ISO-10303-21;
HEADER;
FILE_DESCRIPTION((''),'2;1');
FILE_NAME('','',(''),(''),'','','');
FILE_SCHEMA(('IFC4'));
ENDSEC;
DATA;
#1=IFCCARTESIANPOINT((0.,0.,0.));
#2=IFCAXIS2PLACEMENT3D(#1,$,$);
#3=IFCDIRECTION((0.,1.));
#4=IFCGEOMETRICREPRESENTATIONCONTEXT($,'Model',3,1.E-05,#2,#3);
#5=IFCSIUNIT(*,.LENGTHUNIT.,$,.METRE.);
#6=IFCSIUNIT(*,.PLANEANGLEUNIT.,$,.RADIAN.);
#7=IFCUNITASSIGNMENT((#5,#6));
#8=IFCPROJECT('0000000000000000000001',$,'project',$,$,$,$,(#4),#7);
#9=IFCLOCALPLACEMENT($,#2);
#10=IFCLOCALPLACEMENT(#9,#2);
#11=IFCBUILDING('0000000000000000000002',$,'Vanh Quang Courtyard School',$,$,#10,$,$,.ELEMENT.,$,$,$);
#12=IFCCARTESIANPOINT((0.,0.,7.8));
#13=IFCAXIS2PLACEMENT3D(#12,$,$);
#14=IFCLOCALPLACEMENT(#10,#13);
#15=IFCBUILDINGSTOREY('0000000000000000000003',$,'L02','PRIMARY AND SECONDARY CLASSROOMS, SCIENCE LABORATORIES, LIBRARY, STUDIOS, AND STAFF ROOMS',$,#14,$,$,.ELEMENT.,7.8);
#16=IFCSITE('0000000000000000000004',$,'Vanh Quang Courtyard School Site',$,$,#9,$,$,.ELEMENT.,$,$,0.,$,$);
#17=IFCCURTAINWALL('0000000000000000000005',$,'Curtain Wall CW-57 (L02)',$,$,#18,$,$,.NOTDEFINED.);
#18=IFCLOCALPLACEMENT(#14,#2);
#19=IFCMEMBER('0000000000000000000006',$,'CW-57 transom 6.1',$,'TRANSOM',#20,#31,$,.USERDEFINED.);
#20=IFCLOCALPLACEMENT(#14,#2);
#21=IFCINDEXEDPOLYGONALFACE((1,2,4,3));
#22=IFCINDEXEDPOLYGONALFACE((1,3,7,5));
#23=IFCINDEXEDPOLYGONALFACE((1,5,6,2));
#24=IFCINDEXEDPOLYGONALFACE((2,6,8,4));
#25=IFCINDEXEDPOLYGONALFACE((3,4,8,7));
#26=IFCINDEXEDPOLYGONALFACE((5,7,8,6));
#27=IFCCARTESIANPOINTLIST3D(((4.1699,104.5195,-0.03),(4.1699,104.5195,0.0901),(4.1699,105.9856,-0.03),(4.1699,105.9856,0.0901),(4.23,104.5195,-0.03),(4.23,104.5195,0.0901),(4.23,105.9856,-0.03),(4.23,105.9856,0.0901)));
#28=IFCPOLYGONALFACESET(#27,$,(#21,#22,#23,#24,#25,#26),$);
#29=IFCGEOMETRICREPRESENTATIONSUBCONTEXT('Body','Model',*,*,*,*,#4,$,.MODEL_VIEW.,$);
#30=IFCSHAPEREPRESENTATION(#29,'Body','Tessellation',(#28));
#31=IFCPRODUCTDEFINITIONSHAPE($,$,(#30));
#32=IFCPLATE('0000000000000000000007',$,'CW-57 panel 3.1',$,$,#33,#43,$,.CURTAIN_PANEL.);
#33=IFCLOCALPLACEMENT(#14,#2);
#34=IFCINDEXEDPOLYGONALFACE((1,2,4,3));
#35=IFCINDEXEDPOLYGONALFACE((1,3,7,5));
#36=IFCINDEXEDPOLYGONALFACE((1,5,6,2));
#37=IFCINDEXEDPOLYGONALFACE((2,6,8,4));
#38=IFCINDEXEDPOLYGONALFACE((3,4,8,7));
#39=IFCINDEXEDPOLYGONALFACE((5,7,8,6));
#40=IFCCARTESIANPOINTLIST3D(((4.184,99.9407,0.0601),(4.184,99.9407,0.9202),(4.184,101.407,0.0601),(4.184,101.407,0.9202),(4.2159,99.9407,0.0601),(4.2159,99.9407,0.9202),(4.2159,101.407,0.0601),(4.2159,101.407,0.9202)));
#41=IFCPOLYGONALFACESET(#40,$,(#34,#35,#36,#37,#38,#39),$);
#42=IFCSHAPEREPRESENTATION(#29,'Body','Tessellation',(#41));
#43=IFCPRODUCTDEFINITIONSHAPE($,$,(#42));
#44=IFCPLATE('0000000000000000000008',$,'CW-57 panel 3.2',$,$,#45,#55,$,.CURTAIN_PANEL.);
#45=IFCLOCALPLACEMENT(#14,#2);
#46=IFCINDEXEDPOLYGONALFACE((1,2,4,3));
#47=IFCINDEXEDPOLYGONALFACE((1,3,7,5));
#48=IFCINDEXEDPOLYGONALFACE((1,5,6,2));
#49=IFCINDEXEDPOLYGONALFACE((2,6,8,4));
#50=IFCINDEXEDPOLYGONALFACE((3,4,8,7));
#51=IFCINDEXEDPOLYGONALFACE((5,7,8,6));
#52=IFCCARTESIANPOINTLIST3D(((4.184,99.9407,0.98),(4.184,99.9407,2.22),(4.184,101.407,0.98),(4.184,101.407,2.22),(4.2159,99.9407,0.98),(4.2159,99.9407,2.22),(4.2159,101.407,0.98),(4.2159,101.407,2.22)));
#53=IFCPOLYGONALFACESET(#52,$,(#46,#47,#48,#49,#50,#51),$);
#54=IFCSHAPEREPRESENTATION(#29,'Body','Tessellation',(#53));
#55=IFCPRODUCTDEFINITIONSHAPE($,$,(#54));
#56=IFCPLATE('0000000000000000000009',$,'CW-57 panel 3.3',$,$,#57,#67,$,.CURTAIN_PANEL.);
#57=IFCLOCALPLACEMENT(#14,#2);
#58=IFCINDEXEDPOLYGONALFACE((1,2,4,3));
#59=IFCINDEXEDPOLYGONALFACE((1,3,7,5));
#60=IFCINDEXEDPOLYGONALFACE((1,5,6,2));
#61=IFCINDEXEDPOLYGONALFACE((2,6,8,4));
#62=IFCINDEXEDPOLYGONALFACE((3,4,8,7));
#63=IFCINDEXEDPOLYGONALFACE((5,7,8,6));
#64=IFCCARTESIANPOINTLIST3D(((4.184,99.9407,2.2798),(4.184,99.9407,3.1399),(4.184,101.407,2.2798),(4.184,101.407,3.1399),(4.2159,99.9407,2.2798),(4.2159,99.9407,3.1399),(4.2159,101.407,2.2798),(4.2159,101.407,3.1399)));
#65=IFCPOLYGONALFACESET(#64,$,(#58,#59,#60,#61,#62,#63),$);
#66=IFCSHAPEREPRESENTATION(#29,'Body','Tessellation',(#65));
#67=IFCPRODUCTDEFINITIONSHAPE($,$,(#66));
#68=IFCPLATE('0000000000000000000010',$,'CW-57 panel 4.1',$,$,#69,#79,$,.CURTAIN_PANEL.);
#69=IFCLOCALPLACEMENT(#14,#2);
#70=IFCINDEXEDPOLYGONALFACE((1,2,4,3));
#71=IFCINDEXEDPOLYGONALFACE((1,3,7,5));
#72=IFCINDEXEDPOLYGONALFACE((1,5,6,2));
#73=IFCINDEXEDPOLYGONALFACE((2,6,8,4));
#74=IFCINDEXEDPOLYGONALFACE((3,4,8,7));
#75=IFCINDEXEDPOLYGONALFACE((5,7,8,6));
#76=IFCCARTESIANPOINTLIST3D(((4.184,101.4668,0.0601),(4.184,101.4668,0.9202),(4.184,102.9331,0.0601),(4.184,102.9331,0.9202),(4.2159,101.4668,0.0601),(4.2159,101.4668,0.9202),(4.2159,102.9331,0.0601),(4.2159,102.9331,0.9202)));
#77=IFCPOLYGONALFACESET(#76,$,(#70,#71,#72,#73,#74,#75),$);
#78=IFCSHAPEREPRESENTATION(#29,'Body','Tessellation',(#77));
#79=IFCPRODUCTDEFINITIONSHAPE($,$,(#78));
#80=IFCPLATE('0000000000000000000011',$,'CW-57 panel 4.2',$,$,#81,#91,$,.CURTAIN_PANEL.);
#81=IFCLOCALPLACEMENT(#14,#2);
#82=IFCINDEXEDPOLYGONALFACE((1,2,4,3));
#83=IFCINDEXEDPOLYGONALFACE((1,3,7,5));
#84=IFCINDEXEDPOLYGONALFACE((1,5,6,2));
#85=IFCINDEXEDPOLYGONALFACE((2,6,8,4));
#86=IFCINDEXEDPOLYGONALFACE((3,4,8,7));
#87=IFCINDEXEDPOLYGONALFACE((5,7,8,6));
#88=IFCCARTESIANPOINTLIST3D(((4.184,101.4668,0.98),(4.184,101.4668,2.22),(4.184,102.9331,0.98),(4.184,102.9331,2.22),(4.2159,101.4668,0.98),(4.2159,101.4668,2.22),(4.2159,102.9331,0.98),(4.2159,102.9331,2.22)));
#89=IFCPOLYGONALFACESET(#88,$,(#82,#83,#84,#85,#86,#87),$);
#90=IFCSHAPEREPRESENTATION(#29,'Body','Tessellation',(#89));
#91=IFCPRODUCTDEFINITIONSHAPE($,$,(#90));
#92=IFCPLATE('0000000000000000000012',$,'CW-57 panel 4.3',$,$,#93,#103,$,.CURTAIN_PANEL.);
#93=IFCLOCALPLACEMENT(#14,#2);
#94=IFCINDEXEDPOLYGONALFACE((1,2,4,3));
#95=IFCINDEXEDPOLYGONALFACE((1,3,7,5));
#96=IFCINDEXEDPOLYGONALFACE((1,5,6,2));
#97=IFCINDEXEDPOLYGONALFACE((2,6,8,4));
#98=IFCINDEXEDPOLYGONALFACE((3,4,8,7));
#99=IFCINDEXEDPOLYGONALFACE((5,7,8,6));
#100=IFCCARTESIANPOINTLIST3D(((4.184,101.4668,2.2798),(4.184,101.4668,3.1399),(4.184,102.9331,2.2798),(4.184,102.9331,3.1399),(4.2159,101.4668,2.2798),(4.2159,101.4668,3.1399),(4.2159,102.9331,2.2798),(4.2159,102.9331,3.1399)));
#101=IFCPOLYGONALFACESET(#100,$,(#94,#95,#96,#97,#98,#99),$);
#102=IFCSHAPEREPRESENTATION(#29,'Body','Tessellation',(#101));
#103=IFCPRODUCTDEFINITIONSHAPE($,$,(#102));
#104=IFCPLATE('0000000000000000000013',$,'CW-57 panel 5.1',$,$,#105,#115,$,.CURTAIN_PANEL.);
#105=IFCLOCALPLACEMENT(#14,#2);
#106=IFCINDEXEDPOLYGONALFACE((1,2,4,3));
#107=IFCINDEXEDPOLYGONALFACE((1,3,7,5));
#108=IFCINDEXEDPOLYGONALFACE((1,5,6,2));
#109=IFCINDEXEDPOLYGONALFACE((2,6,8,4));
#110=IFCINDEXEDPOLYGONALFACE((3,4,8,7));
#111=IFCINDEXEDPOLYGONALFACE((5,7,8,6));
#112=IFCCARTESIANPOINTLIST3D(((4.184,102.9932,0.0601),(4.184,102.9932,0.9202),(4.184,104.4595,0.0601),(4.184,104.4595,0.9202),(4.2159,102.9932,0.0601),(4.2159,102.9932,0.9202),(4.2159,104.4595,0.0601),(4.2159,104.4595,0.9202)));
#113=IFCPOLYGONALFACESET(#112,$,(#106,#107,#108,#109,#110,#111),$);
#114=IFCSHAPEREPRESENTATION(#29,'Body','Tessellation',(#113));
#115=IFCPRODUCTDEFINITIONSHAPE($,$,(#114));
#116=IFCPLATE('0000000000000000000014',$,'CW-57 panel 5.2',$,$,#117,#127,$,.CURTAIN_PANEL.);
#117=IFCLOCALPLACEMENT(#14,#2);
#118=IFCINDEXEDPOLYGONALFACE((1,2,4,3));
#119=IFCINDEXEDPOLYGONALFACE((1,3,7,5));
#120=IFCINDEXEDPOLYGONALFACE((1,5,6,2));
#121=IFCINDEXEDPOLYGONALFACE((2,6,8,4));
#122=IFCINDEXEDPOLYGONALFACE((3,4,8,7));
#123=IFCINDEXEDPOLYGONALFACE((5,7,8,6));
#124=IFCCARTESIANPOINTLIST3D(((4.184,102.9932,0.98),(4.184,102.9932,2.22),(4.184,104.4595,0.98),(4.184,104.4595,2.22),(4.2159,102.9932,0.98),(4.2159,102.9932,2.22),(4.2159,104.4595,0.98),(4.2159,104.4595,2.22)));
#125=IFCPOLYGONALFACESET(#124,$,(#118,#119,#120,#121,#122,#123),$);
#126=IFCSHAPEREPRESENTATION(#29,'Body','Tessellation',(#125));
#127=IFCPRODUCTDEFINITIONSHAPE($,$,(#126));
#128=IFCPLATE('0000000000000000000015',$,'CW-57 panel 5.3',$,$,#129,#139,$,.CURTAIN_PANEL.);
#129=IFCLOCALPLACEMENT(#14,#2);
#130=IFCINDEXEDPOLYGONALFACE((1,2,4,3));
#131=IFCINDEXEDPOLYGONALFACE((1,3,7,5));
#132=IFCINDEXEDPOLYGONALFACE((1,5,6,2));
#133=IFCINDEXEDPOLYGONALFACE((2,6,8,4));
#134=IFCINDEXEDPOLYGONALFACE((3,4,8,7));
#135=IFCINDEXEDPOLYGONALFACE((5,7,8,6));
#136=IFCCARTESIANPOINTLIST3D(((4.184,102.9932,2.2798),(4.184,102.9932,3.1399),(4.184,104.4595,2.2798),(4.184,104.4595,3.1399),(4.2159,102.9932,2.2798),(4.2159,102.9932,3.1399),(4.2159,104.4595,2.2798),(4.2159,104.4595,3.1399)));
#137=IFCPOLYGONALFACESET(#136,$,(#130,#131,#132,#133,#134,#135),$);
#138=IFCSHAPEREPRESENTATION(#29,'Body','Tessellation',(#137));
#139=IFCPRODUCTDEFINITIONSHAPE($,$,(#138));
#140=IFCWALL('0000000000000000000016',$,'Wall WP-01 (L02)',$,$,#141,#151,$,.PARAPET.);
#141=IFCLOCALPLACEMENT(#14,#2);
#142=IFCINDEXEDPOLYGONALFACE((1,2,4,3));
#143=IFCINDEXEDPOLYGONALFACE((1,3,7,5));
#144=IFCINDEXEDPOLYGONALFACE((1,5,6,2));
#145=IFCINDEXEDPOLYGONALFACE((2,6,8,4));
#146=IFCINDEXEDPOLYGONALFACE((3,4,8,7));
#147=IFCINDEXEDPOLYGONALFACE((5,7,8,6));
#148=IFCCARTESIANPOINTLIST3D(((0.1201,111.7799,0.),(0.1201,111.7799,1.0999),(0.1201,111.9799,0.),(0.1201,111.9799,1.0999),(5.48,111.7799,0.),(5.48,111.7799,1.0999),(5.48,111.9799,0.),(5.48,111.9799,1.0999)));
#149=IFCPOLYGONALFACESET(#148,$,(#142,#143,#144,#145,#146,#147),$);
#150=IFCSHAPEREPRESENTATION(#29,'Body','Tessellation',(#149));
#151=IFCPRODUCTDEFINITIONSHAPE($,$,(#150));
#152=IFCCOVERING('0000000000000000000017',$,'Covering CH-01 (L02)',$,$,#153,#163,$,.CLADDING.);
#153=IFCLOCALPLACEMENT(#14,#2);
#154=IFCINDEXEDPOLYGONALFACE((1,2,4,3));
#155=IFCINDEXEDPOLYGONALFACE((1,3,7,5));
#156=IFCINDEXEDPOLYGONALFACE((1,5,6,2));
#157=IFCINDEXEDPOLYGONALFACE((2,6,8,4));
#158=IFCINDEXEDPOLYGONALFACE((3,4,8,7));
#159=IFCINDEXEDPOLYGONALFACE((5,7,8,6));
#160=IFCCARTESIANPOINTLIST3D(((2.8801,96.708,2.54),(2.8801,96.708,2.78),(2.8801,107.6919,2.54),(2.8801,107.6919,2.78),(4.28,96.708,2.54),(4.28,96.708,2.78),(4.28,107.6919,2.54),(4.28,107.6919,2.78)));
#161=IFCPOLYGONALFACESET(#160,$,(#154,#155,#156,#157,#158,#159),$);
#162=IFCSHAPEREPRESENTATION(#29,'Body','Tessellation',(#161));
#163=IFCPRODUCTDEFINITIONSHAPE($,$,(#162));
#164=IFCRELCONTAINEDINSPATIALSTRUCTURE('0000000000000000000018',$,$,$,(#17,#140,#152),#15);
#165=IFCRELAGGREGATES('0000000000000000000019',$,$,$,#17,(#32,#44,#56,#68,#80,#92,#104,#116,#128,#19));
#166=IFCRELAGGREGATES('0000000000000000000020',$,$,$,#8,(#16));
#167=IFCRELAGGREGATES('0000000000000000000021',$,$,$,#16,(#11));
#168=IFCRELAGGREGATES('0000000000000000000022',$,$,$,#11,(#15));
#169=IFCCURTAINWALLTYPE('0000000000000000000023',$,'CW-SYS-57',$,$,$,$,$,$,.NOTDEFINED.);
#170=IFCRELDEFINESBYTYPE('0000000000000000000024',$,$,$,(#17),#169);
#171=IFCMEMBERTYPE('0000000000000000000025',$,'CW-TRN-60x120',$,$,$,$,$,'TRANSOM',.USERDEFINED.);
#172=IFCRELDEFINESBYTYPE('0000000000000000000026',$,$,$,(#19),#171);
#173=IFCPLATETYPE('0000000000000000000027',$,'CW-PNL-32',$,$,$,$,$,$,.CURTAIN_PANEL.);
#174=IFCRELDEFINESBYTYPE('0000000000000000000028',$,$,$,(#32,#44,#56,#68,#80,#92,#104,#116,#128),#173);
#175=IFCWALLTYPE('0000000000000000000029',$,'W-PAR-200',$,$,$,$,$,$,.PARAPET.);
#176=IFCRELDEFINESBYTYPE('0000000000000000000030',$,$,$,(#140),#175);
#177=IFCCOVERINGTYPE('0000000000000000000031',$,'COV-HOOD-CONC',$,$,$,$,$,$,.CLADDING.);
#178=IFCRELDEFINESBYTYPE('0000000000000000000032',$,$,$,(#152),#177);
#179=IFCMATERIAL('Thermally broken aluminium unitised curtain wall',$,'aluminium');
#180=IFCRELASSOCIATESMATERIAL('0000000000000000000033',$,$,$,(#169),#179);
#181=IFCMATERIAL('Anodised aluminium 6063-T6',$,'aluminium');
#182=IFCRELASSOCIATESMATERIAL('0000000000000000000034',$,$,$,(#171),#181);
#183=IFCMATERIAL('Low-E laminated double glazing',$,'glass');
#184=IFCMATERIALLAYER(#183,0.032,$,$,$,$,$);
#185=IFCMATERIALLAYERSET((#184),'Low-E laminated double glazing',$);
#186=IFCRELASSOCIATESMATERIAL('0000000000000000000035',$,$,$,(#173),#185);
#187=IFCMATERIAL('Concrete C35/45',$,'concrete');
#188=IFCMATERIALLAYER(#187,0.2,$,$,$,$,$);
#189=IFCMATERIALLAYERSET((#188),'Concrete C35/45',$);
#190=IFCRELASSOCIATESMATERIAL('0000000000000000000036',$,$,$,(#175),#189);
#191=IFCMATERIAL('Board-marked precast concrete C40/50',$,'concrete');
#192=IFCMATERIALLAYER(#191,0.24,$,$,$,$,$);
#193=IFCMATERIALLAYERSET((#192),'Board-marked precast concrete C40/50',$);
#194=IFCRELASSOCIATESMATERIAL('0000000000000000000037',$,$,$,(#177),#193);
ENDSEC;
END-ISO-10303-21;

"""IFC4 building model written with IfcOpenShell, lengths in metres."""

from ifc_helpers import new_model, si_unit, direction, frame, frame_2d, origin, origin_2d, place, context, subcontext, project, spatial, rectangle, extrude, material, layer, layer_set, material_profile, profile_set, type_object, element, aggregate, save


model = new_model("IFC4")

# Units and contexts
model_context = context("Model", 3, precision=1e-05, world=origin(), true_north=direction((0.0, 1.0)))
body_context = subcontext(model_context, "Body", "Model", "MODEL_VIEW")
ifc_project = project(units=[si_unit("LENGTHUNIT", "METRE"), si_unit("PLANEANGLEUNIT", "RADIAN")], contexts=[model_context])

# Site, building, storey
site_placement = place(None, origin())
site = spatial("IfcSite", under=ifc_project, at=site_placement, Name="Vanh Quang Courtyard School Site", CompositionType="ELEMENT", RefElevation=0.0)
building_placement = place(site_placement, origin())
building = spatial("IfcBuilding", under=site, at=building_placement, Name="Vanh Quang Courtyard School", CompositionType="ELEMENT")
storey_placement = place(building_placement, frame((0.0, 0.0, 7.8)))
storey = spatial("IfcBuildingStorey", under=building, at=storey_placement, Name="L02", Description="PRIMARY AND SECONDARY CLASSROOMS, SCIENCE LABORATORIES, LIBRARY, STUDIOS, AND STAFF ROOMS", CompositionType="ELEMENT", Elevation=7.8)

# Shared definitions
ifc_material_1 = material(Name="Concrete C35/45", Category="concrete")

# Curtain wall, member, plates
ifc_material_2 = material(Name="Thermally broken aluminium unitised curtain wall", Category="aluminium")
curtain_wall_type = type_object("IfcCurtainWallType", Name="CW-SYS-57", PredefinedType="NOTDEFINED", material=ifc_material_2)
curtain_wall_placement = place(storey_placement, origin())
curtain_wall = element("IfcCurtainWall", 1, at=curtain_wall_placement, inside=storey, type_object=curtain_wall_type, Name="Curtain Wall CW-57 (L02)", PredefinedType="NOTDEFINED")
ifc_material_3 = material(Name="Anodised aluminium 6063-T6", Category="aluminium")
ifc_material_profile_1 = material_profile(ifc_material_3, rectangle(XDim=0.0601, YDim=0.1201, at=origin_2d()), Name="ALU-TRN 60x120")
ifc_profile_set_1 = profile_set([ifc_material_profile_1], Name="Anodised aluminium 6063-T6")
member_type_1 = type_object("IfcMemberType", Name="CW-TRN-60x120", ElementType="TRANSOM", PredefinedType="USERDEFINED", material=ifc_profile_set_1)
member_1_placement = place(storey_placement, frame((4.2, 104.5195, 0.03), z_axis=(0.0, 1.0, 0.0), x_axis=(-1.0, 0.0, 0.0)))
member_1 = element("IfcMember", 2, at=member_1_placement, type_object=member_type_1, Name="CW-57 transom 6.1", ObjectType="TRANSOM", PredefinedType="USERDEFINED", context=body_context, shape_type="SweptSolid", body=[
    extrude(rectangle(XDim=0.0601, YDim=0.1201, at=origin_2d()), origin(), (0.0, 0.0, 1.0), 1.4661),
])
ifc_material_4 = material(Name="Low-E laminated double glazing", Category="glass")
ifc_layer_1 = layer(ifc_material_4, 0.032)
ifc_layer_set_1 = layer_set([ifc_layer_1], Name="Low-E laminated double glazing")
plate_type = type_object("IfcPlateType", Name="CW-PNL-32", PredefinedType="CURTAIN_PANEL", material=ifc_layer_set_1)
plate_1_placement = place(storey_placement, frame((4.2, 100.6738, 0.0601), z_axis=(0.0, 0.0, 1.0), x_axis=(0.0, 1.0, 0.0)))
plate_1 = element("IfcPlate", 3, at=plate_1_placement, type_object=plate_type, Name="CW-57 panel 3.1", PredefinedType="CURTAIN_PANEL", context=body_context, shape_type="SweptSolid", body=[
    extrude(rectangle(XDim=1.4663, YDim=0.032, at=origin_2d()), origin(), (0.0, 0.0, 1.0), 0.8601),
])
plate_2_placement = place(storey_placement, frame((4.2, 100.6738, 0.98), z_axis=(0.0, 0.0, 1.0), x_axis=(0.0, 1.0, 0.0)))
plate_2 = element("IfcPlate", 4, at=plate_2_placement, type_object=plate_type, Name="CW-57 panel 3.2", PredefinedType="CURTAIN_PANEL", context=body_context, shape_type="SweptSolid", body=[
    extrude(rectangle(XDim=1.4663, YDim=0.032, at=origin_2d()), origin(), (0.0, 0.0, 1.0), 1.24),
])
plate_3_placement = place(storey_placement, frame((4.2, 100.6738, 2.2798), z_axis=(0.0, 0.0, 1.0), x_axis=(0.0, 1.0, 0.0)))
plate_3 = element("IfcPlate", 5, at=plate_3_placement, type_object=plate_type, Name="CW-57 panel 3.3", PredefinedType="CURTAIN_PANEL", context=body_context, shape_type="SweptSolid", body=[
    extrude(rectangle(XDim=1.4663, YDim=0.032, at=origin_2d()), origin(), (0.0, 0.0, 1.0), 0.8601),
])
plate_4_placement = place(storey_placement, frame((4.2, 102.2, 0.0601), z_axis=(0.0, 0.0, 1.0), x_axis=(0.0, 1.0, 0.0)))
plate_4 = element("IfcPlate", 6, at=plate_4_placement, type_object=plate_type, Name="CW-57 panel 4.1", PredefinedType="CURTAIN_PANEL", context=body_context, shape_type="SweptSolid", body=[
    extrude(rectangle(XDim=1.4663, YDim=0.032, at=origin_2d()), origin(), (0.0, 0.0, 1.0), 0.8601),
])
plate_5_placement = place(storey_placement, frame((4.2, 102.2, 0.98), z_axis=(0.0, 0.0, 1.0), x_axis=(0.0, 1.0, 0.0)))
plate_5 = element("IfcPlate", 7, at=plate_5_placement, type_object=plate_type, Name="CW-57 panel 4.2", PredefinedType="CURTAIN_PANEL", context=body_context, shape_type="SweptSolid", body=[
    extrude(rectangle(XDim=1.4663, YDim=0.032, at=origin_2d()), origin(), (0.0, 0.0, 1.0), 1.24),
])
plate_6_placement = place(storey_placement, frame((4.2, 102.2, 2.2798), z_axis=(0.0, 0.0, 1.0), x_axis=(0.0, 1.0, 0.0)))
plate_6 = element("IfcPlate", 8, at=plate_6_placement, type_object=plate_type, Name="CW-57 panel 4.3", PredefinedType="CURTAIN_PANEL", context=body_context, shape_type="SweptSolid", body=[
    extrude(rectangle(XDim=1.4663, YDim=0.032, at=origin_2d()), origin(), (0.0, 0.0, 1.0), 0.8601),
])
plate_7_placement = place(storey_placement, frame((4.2, 103.7263, 0.0601), z_axis=(0.0, 0.0, 1.0), x_axis=(0.0, 1.0, 0.0)))
plate_7 = element("IfcPlate", 9, at=plate_7_placement, type_object=plate_type, Name="CW-57 panel 5.1", PredefinedType="CURTAIN_PANEL", context=body_context, shape_type="SweptSolid", body=[
    extrude(rectangle(XDim=1.4663, YDim=0.032, at=origin_2d()), origin(), (0.0, 0.0, 1.0), 0.8601),
])
plate_8_placement = place(storey_placement, frame((4.2, 103.7263, 0.98), z_axis=(0.0, 0.0, 1.0), x_axis=(0.0, 1.0, 0.0)))
plate_8 = element("IfcPlate", 10, at=plate_8_placement, type_object=plate_type, Name="CW-57 panel 5.2", PredefinedType="CURTAIN_PANEL", context=body_context, shape_type="SweptSolid", body=[
    extrude(rectangle(XDim=1.4663, YDim=0.032, at=origin_2d()), origin(), (0.0, 0.0, 1.0), 1.24),
])
plate_9_placement = place(storey_placement, frame((4.2, 103.7263, 2.2798), z_axis=(0.0, 0.0, 1.0), x_axis=(0.0, 1.0, 0.0)))
plate_9 = element("IfcPlate", 11, at=plate_9_placement, type_object=plate_type, Name="CW-57 panel 5.3", PredefinedType="CURTAIN_PANEL", context=body_context, shape_type="SweptSolid", body=[
    extrude(rectangle(XDim=1.4663, YDim=0.032, at=origin_2d()), origin(), (0.0, 0.0, 1.0), 0.8601),
])
aggregate(curtain_wall, [plate_1, plate_2, plate_3, plate_4, plate_5, plate_6, plate_7, plate_8, plate_9, member_1])

# Wall
ifc_layer_2 = layer(ifc_material_1, 0.2)
ifc_layer_set_2 = layer_set([ifc_layer_2], Name="Concrete C35/45")
wall_type = type_object("IfcWallType", Name="W-PAR-200", PredefinedType="PARAPET", material=ifc_layer_set_2)
wall_placement = place(storey_placement, frame((0.1201, 111.8799, 0.0), z_axis=(0.0, 0.0, 1.0), x_axis=(1.0, 0.0, 0.0)))
element("IfcWall", 12, at=wall_placement, inside=storey, type_object=wall_type, Name="Wall WP-01 (L02)", PredefinedType="PARAPET", context=body_context, shape_type="SweptSolid", body=[
    extrude(rectangle(XDim=5.3599, YDim=0.2, at=frame_2d((2.6799, 0.0))), origin(), (0.0, 0.0, 1.0), 1.0999),
])

# Covering
ifc_material_5 = material(Name="Board-marked precast concrete C40/50", Category="concrete")
ifc_layer_3 = layer(ifc_material_5, 0.24)
ifc_layer_set_3 = layer_set([ifc_layer_3], Name="Board-marked precast concrete C40/50")
covering_type = type_object("IfcCoveringType", Name="COV-HOOD-CONC", PredefinedType="CLADDING", material=ifc_layer_set_3)
covering_placement = place(storey_placement, frame((3.5801, 102.2, 2.54), z_axis=(0.0, 0.0, 1.0), x_axis=(0.0, 1.0, 0.0)))
element("IfcCovering", 13, at=covering_placement, inside=storey, type_object=covering_type, Name="Covering CH-01 (L02)", PredefinedType="CLADDING", context=body_context, shape_type="SweptSolid", body=[
    extrude(rectangle(XDim=10.9839, YDim=1.3999, at=origin_2d()), origin(), (0.0, 0.0, 1.0), 0.24),
])

save(model, "model.ifc")
